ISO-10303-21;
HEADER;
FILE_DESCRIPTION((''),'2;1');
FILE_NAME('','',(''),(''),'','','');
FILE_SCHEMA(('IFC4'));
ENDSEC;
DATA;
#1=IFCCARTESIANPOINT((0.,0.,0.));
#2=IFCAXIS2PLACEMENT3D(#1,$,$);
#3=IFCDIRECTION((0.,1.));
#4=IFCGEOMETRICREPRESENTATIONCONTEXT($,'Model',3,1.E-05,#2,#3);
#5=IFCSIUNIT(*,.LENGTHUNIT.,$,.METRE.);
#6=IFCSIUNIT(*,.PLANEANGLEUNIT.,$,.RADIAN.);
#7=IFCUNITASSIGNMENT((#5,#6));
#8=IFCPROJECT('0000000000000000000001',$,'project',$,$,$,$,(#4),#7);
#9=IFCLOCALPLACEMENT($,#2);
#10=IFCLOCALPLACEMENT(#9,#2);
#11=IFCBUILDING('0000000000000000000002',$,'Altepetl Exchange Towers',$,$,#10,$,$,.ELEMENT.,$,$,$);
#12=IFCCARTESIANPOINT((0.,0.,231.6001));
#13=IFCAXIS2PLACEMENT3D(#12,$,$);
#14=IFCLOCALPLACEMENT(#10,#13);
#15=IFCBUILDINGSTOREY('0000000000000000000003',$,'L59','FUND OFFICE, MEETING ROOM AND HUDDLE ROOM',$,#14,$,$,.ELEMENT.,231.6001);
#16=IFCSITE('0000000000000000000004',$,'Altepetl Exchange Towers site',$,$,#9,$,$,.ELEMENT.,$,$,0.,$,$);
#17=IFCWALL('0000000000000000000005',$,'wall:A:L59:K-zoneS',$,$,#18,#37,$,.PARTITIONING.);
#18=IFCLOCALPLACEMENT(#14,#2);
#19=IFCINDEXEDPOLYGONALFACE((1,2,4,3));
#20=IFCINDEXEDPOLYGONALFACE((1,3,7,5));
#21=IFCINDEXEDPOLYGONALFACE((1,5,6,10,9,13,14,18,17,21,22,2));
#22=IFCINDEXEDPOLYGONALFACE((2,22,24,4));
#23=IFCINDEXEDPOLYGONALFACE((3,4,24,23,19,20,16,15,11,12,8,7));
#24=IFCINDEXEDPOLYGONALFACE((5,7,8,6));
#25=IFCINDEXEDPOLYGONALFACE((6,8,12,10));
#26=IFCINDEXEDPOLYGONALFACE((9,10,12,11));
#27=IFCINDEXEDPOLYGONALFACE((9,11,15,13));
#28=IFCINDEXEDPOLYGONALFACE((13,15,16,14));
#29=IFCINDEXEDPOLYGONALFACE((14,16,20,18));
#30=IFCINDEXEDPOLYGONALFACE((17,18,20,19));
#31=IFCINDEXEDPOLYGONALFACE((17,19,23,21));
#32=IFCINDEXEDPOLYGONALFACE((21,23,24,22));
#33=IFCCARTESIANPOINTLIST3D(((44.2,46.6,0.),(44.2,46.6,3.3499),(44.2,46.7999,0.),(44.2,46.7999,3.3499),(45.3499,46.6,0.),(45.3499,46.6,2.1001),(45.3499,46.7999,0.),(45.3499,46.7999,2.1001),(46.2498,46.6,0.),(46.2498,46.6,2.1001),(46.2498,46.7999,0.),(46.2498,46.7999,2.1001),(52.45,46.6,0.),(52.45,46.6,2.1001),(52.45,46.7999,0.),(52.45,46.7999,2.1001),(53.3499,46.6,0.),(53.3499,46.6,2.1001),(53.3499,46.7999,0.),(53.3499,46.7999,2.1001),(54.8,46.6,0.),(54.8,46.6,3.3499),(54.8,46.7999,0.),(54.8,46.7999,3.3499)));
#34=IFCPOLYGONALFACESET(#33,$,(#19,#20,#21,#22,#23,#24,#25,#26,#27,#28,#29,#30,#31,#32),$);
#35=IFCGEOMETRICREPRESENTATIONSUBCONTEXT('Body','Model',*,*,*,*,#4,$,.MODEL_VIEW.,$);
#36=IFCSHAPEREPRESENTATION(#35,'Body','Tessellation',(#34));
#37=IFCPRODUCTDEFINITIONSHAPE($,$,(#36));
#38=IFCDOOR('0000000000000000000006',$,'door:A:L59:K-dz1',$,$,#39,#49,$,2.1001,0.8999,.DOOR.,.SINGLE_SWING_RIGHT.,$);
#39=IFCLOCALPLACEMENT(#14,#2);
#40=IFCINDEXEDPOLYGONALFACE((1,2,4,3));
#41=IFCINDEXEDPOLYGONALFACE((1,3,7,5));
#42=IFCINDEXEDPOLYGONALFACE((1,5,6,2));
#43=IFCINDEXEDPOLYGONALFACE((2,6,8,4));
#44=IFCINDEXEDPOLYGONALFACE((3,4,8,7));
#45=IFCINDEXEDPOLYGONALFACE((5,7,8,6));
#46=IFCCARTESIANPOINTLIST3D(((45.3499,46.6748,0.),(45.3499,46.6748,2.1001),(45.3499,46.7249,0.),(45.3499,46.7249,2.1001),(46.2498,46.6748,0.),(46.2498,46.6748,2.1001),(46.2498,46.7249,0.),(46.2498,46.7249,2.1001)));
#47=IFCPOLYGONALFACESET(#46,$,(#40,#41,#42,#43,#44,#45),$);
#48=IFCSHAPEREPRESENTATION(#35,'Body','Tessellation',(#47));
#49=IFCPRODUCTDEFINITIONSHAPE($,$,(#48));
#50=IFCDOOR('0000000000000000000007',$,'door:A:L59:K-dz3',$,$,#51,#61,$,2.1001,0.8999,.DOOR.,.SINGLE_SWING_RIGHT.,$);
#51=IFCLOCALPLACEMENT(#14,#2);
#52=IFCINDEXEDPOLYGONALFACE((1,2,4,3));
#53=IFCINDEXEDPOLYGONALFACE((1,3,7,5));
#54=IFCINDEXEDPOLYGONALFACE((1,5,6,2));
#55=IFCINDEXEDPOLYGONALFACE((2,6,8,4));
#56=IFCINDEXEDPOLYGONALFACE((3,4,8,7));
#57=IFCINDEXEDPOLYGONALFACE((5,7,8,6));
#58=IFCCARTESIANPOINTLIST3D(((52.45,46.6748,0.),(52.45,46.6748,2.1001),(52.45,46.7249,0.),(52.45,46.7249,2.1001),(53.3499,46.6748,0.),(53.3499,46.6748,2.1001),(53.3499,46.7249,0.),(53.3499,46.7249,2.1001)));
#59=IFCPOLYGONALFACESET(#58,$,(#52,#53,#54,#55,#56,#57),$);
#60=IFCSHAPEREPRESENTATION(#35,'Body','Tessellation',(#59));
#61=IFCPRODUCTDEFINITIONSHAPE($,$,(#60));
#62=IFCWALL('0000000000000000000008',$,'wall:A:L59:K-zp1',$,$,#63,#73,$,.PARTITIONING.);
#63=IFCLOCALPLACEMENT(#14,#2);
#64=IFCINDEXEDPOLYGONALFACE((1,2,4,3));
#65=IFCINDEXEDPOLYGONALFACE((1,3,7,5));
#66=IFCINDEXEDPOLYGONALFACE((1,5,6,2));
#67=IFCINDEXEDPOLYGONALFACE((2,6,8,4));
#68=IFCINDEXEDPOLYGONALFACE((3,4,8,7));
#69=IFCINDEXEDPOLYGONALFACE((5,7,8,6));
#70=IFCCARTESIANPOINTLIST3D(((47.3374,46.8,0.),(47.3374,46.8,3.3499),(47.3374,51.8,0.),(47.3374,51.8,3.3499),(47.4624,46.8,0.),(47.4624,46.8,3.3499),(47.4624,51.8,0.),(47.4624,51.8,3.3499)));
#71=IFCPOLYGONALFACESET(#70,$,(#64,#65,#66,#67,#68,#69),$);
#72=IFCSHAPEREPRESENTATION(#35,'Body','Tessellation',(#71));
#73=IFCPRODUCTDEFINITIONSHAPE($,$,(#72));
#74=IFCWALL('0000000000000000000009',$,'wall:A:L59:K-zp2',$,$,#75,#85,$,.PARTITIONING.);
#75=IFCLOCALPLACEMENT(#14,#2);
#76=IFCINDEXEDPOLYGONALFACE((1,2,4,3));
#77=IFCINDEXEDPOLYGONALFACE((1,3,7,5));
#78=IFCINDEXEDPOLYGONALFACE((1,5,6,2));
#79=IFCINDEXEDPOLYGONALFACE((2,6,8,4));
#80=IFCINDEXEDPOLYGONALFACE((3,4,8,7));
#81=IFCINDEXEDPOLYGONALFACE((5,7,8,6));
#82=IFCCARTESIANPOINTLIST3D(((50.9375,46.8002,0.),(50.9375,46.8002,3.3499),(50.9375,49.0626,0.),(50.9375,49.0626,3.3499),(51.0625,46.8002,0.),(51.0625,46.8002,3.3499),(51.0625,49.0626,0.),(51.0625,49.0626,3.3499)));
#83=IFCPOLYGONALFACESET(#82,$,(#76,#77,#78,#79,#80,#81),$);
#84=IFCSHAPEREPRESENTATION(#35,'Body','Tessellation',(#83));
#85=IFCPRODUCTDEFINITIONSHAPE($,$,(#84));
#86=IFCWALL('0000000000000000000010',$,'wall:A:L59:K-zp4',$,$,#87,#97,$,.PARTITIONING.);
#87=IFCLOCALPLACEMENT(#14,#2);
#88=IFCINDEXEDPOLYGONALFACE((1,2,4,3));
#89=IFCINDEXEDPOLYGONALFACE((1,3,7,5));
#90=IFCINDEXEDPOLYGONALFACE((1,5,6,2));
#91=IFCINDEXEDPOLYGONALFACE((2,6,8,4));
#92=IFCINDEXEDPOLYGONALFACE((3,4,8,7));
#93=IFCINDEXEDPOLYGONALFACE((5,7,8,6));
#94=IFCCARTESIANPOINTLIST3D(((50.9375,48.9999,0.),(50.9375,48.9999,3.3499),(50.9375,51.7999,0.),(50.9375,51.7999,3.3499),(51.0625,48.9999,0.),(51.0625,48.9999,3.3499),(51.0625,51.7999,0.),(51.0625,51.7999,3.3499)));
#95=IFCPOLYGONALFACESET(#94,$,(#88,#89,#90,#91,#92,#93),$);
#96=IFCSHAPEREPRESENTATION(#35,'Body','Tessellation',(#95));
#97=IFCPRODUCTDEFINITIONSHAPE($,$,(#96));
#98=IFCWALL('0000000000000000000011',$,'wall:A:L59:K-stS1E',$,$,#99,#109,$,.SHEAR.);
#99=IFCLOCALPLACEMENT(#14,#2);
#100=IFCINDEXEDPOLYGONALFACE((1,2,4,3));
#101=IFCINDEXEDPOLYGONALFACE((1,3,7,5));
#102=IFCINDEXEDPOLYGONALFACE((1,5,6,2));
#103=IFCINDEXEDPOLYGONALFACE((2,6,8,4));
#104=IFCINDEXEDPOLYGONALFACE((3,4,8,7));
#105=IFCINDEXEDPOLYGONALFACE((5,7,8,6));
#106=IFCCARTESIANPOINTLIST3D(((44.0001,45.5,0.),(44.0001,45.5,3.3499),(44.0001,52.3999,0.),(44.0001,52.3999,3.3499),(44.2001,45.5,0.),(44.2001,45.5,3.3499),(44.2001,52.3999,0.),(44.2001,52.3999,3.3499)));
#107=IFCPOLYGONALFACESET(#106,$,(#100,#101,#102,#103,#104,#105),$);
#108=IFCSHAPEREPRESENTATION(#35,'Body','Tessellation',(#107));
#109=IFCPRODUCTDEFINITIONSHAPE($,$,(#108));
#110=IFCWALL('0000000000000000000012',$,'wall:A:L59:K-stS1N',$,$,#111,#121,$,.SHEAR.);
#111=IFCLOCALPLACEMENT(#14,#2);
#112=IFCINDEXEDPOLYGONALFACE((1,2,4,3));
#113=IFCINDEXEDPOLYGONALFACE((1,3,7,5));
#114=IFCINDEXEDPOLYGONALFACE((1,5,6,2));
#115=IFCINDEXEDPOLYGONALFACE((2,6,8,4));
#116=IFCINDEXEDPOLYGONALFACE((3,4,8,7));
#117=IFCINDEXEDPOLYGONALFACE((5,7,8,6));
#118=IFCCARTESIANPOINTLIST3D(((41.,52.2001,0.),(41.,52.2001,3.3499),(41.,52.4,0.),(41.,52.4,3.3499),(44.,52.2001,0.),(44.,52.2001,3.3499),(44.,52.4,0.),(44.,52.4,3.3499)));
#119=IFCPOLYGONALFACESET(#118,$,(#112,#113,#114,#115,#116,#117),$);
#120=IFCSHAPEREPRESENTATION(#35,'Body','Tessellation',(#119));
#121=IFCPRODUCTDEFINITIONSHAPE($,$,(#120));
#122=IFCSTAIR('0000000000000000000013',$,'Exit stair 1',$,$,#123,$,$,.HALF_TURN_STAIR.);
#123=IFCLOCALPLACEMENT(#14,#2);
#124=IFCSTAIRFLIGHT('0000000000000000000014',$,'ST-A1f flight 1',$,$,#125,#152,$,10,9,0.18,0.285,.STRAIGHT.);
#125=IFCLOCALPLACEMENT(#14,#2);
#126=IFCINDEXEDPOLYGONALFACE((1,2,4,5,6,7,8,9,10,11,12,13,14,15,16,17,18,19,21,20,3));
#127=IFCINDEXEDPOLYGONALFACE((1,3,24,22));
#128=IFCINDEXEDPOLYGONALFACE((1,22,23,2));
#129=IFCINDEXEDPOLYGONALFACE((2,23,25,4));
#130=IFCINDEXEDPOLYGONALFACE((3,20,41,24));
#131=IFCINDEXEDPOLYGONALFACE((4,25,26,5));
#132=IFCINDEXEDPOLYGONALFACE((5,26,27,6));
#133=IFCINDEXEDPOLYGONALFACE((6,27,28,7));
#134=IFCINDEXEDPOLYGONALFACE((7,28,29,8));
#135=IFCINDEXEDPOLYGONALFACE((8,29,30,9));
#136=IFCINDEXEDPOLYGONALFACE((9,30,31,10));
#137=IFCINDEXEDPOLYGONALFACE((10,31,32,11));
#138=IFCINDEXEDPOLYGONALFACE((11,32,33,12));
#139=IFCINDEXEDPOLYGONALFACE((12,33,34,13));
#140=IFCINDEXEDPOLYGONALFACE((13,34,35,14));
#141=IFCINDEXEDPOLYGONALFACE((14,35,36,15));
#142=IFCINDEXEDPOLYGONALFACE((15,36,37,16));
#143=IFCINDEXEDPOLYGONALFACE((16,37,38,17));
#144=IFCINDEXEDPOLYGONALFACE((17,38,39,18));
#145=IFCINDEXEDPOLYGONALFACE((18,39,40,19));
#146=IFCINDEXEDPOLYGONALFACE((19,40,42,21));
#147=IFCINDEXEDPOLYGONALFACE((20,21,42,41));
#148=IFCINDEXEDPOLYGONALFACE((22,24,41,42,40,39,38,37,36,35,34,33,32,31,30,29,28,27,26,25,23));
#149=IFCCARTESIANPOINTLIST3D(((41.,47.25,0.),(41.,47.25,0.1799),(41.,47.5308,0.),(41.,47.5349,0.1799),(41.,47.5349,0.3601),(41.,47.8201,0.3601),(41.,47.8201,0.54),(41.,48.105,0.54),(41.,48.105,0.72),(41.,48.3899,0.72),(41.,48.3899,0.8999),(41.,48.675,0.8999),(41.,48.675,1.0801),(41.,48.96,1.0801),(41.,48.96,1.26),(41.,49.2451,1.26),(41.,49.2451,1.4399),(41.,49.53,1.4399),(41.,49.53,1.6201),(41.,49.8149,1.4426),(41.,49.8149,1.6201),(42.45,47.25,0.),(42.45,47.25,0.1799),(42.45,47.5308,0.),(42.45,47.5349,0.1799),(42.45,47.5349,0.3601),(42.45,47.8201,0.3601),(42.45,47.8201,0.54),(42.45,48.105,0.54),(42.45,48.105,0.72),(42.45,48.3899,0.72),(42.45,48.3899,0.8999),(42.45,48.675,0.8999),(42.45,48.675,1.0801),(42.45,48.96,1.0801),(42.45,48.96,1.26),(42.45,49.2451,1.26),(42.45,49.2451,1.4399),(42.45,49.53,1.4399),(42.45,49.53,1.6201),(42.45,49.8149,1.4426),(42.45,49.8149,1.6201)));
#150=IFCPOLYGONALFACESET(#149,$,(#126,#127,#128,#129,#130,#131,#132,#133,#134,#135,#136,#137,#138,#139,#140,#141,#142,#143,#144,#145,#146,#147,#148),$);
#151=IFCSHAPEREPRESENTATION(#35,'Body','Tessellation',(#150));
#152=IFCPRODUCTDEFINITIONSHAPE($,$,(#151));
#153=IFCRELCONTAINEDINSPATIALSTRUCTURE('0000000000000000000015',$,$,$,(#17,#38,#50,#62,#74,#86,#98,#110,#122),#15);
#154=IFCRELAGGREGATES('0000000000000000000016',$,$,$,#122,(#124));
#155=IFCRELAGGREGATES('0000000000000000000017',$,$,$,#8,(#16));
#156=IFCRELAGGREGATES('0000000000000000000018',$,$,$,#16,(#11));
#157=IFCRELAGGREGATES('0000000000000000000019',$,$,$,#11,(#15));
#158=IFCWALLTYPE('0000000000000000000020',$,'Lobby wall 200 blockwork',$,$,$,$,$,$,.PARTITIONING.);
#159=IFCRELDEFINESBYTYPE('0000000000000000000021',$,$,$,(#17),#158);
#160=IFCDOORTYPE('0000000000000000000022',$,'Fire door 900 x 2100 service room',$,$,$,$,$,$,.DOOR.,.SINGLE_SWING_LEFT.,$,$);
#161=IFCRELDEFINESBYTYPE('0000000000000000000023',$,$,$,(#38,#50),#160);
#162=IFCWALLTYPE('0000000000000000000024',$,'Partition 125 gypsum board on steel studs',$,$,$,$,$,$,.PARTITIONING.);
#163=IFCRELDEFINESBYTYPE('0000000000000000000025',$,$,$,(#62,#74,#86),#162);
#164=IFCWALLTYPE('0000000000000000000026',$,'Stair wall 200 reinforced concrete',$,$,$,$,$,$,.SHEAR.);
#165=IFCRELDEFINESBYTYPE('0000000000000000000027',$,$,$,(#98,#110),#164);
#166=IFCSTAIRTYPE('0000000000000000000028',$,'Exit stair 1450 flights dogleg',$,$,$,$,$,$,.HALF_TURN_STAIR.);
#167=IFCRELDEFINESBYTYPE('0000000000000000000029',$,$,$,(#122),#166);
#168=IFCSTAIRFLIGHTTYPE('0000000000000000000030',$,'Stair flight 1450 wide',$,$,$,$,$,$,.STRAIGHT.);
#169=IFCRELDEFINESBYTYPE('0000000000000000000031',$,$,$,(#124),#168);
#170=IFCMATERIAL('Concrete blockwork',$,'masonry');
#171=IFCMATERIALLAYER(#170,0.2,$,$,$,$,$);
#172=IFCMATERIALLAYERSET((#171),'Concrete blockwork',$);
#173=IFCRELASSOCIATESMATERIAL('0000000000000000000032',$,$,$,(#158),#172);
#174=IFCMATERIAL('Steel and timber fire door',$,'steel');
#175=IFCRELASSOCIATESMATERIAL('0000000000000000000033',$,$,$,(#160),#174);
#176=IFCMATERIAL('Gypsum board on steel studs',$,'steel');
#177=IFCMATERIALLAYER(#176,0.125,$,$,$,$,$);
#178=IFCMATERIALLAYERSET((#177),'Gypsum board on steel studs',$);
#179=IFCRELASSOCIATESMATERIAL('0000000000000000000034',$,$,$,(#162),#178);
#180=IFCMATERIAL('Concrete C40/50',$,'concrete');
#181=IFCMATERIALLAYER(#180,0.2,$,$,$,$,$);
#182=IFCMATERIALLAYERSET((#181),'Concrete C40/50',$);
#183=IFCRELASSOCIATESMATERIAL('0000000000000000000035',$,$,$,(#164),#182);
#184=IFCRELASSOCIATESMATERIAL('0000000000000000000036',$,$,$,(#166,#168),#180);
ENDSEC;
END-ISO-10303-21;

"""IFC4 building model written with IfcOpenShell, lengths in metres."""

from ifc_helpers import new_model, si_unit, direction, frame, frame_2d, origin, place, context, subcontext, project, spatial, polyline, rectangle, outline, extrude, material, layer, layer_set, type_object, element, fill, aggregate, save


model = new_model("IFC4")

# Units and contexts
model_context = context("Model", 3, precision=1e-05, world=origin(), true_north=direction((0.0, 1.0)))
body_context = subcontext(model_context, "Body", "Model", "MODEL_VIEW")
ifc_project = project(units=[si_unit("LENGTHUNIT", "METRE"), si_unit("PLANEANGLEUNIT", "RADIAN")], contexts=[model_context])

# Site, building, storey
site_placement = place(None, origin())
site = spatial("IfcSite", under=ifc_project, at=site_placement, Name="Altepetl Exchange Towers site", CompositionType="ELEMENT", RefElevation=0.0)
building_placement = place(site_placement, origin())
building = spatial("IfcBuilding", under=site, at=building_placement, Name="Altepetl Exchange Towers", CompositionType="ELEMENT")
storey_placement = place(building_placement, frame((0.0, 0.0, 231.6001)))
storey = spatial("IfcBuildingStorey", under=building, at=storey_placement, Name="L59", Description="FUND OFFICE, MEETING ROOM AND HUDDLE ROOM", CompositionType="ELEMENT", Elevation=231.6001)

# Shared definitions
ifc_material_1 = material(Name="Concrete blockwork", Category="masonry")
ifc_layer_1 = layer(ifc_material_1, 0.2)
ifc_layer_set_1 = layer_set([ifc_layer_1], Name="Concrete blockwork")
wall_type_1 = type_object("IfcWallType", Name="Lobby wall 200 blockwork", PredefinedType="PARTITIONING", material=ifc_layer_set_1)

# Shared definitions
ifc_material_2 = material(Name="Steel and timber fire door", Category="steel")

# Wall, openings, doors
door_type_1 = type_object("IfcDoorType", Name="Fire door 900 x 2100 service room", OperationType="SINGLE_SWING_LEFT", PredefinedType="DOOR", material=ifc_material_2)
wall_1_placement = place(storey_placement, frame((44.2, 46.7, 0.0)))
wall_1 = element("IfcWall", 1, at=wall_1_placement, inside=storey, type_object=wall_type_1, Name="wall:A:L59:K-zoneS", PredefinedType="PARTITIONING", context=body_context, shape_type="SweptSolid", body=[
    extrude(rectangle(XDim=10.6001, YDim=0.2, at=frame_2d((5.3, 0.0))), origin(), (0.0, 0.0, 1.0), 3.3499),
])
opening_1_placement = place(wall_1_placement, frame((1.1499, 0.0, 0.0)))
opening_1 = element("IfcOpeningElement", 2, at=opening_1_placement, cuts=wall_1, PredefinedType="OPENING", context=body_context, shape_type="SweptSolid", body=[
    extrude(rectangle(XDim=0.8999, YDim=2.1001, at=frame_2d((0.45, 1.05))), frame((0.0, 0.1099, 0.0), z_axis=(0.0, -1.0, 0.0), x_axis=(1.0, 0.0, 0.0)), (0.0, 0.0, 1.0), 0.22),
])
opening_2_placement = place(wall_1_placement, frame((8.25, 0.0, 0.0)))
opening_2 = element("IfcOpeningElement", 3, at=opening_2_placement, cuts=wall_1, PredefinedType="OPENING", context=body_context, shape_type="SweptSolid", body=[
    extrude(rectangle(XDim=0.8999, YDim=2.1001, at=frame_2d((0.45, 1.05))), frame((0.0, 0.1099, 0.0), z_axis=(0.0, -1.0, 0.0), x_axis=(1.0, 0.0, 0.0)), (0.0, 0.0, 1.0), 0.22),
])
door_1_placement = place(opening_1_placement, origin())
door_1 = element("IfcDoor", 4, at=door_1_placement, inside=storey, type_object=door_type_1, Name="door:A:L59:K-dz1", OperationType="SINGLE_SWING_RIGHT", OverallHeight=2.1001, OverallWidth=0.8999, PredefinedType="DOOR", context=body_context, shape_type="SweptSolid", body=[
    extrude(rectangle(XDim=0.8999, YDim=2.1001, at=frame_2d((0.45, 1.05))), frame((0.0, 0.0249, 0.0), z_axis=(0.0, -1.0, 0.0), x_axis=(1.0, 0.0, 0.0)), (0.0, 0.0, 1.0), 0.05),
])
fill(opening_1, door_1)
door_2_placement = place(opening_2_placement, origin())
door_2 = element("IfcDoor", 5, at=door_2_placement, inside=storey, type_object=door_type_1, Name="door:A:L59:K-dz3", OperationType="SINGLE_SWING_RIGHT", OverallHeight=2.1001, OverallWidth=0.8999, PredefinedType="DOOR", context=body_context, shape_type="SweptSolid", body=[
    extrude(rectangle(XDim=0.8999, YDim=2.1001, at=frame_2d((0.45, 1.05))), frame((0.0, 0.0249, 0.0), z_axis=(0.0, -1.0, 0.0), x_axis=(1.0, 0.0, 0.0)), (0.0, 0.0, 1.0), 0.05),
])
fill(opening_2, door_2)

# Walls
ifc_material_3 = material(Name="Gypsum board on steel studs", Category="steel")
ifc_layer_2 = layer(ifc_material_3, 0.125)
ifc_layer_set_2 = layer_set([ifc_layer_2], Name="Gypsum board on steel studs")
wall_type_2 = type_object("IfcWallType", Name="Partition 125 gypsum board on steel studs", PredefinedType="PARTITIONING", material=ifc_layer_set_2)
wall_2_placement = place(storey_placement, frame((47.3999, 46.8, 0.0), z_axis=(0.0, 0.0, 1.0), x_axis=(0.0, 1.0, 0.0)))
element("IfcWall", 6, at=wall_2_placement, inside=storey, type_object=wall_type_2, Name="wall:A:L59:K-zp1", PredefinedType="PARTITIONING", context=body_context, shape_type="SweptSolid", body=[
    extrude(rectangle(XDim=5.0, YDim=0.125, at=frame_2d((2.5, 0.0))), origin(), (0.0, 0.0, 1.0), 3.3499),
])
wall_3_placement = place(storey_placement, frame((51.0, 46.8, 0.0), z_axis=(0.0, 0.0, 1.0), x_axis=(0.0, 1.0, 0.0)))
element("IfcWall", 7, at=wall_3_placement, inside=storey, type_object=wall_type_2, Name="wall:A:L59:K-zp2", PredefinedType="PARTITIONING", context=body_context, shape_type="SweptSolid", body=[
    extrude(rectangle(XDim=2.2625, YDim=0.125, at=frame_2d((1.1313, 0.0))), origin(), (0.0, 0.0, 1.0), 3.3499),
])
wall_4_placement = place(storey_placement, frame((51.0, 49.0, 0.0), z_axis=(0.0, 0.0, 1.0), x_axis=(0.0, 1.0, 0.0)))
element("IfcWall", 8, at=wall_4_placement, inside=storey, type_object=wall_type_2, Name="wall:A:L59:K-zp4", PredefinedType="PARTITIONING", context=body_context, shape_type="SweptSolid", body=[
    extrude(rectangle(XDim=2.8, YDim=0.125, at=frame_2d((1.3999, 0.0))), origin(), (0.0, 0.0, 1.0), 3.3499),
])
ifc_material_4 = material(Name="Concrete C40/50", Category="concrete")
ifc_layer_3 = layer(ifc_material_4, 0.2)
ifc_layer_set_3 = layer_set([ifc_layer_3], Name="Concrete C40/50")
wall_type_3 = type_object("IfcWallType", Name="Stair wall 200 reinforced concrete", PredefinedType="SHEAR", material=ifc_layer_set_3)
wall_5_placement = place(storey_placement, frame((44.1001, 45.5, 0.0), z_axis=(0.0, 0.0, 1.0), x_axis=(0.0, 1.0, 0.0)))
element("IfcWall", 9, at=wall_5_placement, inside=storey, type_object=wall_type_3, Name="wall:A:L59:K-stS1E", PredefinedType="SHEAR", context=body_context, shape_type="SweptSolid", body=[
    extrude(rectangle(XDim=6.8999, YDim=0.2, at=frame_2d((3.45, 0.0))), origin(), (0.0, 0.0, 1.0), 3.3499),
])
wall_6_placement = place(storey_placement, frame((41.0, 52.3, 0.0)))
element("IfcWall", 10, at=wall_6_placement, inside=storey, type_object=wall_type_3, Name="wall:A:L59:K-stS1N", PredefinedType="SHEAR", context=body_context, shape_type="SweptSolid", body=[
    extrude(rectangle(XDim=3.0, YDim=0.2, at=frame_2d((1.5, 0.0))), origin(), (0.0, 0.0, 1.0), 3.3499),
])

# Stair, stair flight
stair_type = type_object("IfcStairType", Name="Exit stair 1450 flights dogleg", PredefinedType="HALF_TURN_STAIR", material=ifc_material_4)
stair_placement = place(storey_placement, origin())
stair = element("IfcStair", 11, at=stair_placement, inside=storey, type_object=stair_type, Name="Exit stair 1", PredefinedType="HALF_TURN_STAIR")
stair_flight_type = type_object("IfcStairFlightType", Name="Stair flight 1450 wide", PredefinedType="STRAIGHT", material=ifc_material_4)
stair_flight_1_placement = place(storey_placement, frame((41.7251, 47.25, 0.0), z_axis=(0.0, 0.0, 1.0), x_axis=(0.0, 1.0, 0.0)))
stair_flight_1 = element("IfcStairFlight", 12, at=stair_flight_1_placement, type_object=stair_flight_type, Name="ST-A1f flight 1", NumberOfRisers=10, NumberOfTreads=9, PredefinedType="STRAIGHT", RiserHeight=0.18, TreadLength=0.285, context=body_context, shape_type="SweptSolid", body=[
    extrude(outline(polyline([(0.0, 0.0), (0.0, 0.1799), (0.2849, 0.1799), (0.2849, 0.3601), (0.5701, 0.3601), (0.5701, 0.54), (0.855, 0.54), (0.855, 0.72), (1.1399, 0.72), (1.1399, 0.8999), (1.425, 0.8999), (1.425, 1.0801), (1.71, 1.0801), (1.71, 1.26), (1.9951, 1.26), (1.9951, 1.4399), (2.28, 1.4399), (2.28, 1.6201), (2.5649, 1.6201), (2.5649, 1.8), (2.5649, 1.4426), (0.2808, 0.0), (0.0, 0.0)])), frame((0.0, 0.7251, 0.0), z_axis=(0.0, -1.0, 0.0), x_axis=(1.0, 0.0, 0.0)), (0.0, 0.0, 1.0), 1.45),
])
aggregate(stair, [stair_flight_1])

save(model, "model.ifc")
